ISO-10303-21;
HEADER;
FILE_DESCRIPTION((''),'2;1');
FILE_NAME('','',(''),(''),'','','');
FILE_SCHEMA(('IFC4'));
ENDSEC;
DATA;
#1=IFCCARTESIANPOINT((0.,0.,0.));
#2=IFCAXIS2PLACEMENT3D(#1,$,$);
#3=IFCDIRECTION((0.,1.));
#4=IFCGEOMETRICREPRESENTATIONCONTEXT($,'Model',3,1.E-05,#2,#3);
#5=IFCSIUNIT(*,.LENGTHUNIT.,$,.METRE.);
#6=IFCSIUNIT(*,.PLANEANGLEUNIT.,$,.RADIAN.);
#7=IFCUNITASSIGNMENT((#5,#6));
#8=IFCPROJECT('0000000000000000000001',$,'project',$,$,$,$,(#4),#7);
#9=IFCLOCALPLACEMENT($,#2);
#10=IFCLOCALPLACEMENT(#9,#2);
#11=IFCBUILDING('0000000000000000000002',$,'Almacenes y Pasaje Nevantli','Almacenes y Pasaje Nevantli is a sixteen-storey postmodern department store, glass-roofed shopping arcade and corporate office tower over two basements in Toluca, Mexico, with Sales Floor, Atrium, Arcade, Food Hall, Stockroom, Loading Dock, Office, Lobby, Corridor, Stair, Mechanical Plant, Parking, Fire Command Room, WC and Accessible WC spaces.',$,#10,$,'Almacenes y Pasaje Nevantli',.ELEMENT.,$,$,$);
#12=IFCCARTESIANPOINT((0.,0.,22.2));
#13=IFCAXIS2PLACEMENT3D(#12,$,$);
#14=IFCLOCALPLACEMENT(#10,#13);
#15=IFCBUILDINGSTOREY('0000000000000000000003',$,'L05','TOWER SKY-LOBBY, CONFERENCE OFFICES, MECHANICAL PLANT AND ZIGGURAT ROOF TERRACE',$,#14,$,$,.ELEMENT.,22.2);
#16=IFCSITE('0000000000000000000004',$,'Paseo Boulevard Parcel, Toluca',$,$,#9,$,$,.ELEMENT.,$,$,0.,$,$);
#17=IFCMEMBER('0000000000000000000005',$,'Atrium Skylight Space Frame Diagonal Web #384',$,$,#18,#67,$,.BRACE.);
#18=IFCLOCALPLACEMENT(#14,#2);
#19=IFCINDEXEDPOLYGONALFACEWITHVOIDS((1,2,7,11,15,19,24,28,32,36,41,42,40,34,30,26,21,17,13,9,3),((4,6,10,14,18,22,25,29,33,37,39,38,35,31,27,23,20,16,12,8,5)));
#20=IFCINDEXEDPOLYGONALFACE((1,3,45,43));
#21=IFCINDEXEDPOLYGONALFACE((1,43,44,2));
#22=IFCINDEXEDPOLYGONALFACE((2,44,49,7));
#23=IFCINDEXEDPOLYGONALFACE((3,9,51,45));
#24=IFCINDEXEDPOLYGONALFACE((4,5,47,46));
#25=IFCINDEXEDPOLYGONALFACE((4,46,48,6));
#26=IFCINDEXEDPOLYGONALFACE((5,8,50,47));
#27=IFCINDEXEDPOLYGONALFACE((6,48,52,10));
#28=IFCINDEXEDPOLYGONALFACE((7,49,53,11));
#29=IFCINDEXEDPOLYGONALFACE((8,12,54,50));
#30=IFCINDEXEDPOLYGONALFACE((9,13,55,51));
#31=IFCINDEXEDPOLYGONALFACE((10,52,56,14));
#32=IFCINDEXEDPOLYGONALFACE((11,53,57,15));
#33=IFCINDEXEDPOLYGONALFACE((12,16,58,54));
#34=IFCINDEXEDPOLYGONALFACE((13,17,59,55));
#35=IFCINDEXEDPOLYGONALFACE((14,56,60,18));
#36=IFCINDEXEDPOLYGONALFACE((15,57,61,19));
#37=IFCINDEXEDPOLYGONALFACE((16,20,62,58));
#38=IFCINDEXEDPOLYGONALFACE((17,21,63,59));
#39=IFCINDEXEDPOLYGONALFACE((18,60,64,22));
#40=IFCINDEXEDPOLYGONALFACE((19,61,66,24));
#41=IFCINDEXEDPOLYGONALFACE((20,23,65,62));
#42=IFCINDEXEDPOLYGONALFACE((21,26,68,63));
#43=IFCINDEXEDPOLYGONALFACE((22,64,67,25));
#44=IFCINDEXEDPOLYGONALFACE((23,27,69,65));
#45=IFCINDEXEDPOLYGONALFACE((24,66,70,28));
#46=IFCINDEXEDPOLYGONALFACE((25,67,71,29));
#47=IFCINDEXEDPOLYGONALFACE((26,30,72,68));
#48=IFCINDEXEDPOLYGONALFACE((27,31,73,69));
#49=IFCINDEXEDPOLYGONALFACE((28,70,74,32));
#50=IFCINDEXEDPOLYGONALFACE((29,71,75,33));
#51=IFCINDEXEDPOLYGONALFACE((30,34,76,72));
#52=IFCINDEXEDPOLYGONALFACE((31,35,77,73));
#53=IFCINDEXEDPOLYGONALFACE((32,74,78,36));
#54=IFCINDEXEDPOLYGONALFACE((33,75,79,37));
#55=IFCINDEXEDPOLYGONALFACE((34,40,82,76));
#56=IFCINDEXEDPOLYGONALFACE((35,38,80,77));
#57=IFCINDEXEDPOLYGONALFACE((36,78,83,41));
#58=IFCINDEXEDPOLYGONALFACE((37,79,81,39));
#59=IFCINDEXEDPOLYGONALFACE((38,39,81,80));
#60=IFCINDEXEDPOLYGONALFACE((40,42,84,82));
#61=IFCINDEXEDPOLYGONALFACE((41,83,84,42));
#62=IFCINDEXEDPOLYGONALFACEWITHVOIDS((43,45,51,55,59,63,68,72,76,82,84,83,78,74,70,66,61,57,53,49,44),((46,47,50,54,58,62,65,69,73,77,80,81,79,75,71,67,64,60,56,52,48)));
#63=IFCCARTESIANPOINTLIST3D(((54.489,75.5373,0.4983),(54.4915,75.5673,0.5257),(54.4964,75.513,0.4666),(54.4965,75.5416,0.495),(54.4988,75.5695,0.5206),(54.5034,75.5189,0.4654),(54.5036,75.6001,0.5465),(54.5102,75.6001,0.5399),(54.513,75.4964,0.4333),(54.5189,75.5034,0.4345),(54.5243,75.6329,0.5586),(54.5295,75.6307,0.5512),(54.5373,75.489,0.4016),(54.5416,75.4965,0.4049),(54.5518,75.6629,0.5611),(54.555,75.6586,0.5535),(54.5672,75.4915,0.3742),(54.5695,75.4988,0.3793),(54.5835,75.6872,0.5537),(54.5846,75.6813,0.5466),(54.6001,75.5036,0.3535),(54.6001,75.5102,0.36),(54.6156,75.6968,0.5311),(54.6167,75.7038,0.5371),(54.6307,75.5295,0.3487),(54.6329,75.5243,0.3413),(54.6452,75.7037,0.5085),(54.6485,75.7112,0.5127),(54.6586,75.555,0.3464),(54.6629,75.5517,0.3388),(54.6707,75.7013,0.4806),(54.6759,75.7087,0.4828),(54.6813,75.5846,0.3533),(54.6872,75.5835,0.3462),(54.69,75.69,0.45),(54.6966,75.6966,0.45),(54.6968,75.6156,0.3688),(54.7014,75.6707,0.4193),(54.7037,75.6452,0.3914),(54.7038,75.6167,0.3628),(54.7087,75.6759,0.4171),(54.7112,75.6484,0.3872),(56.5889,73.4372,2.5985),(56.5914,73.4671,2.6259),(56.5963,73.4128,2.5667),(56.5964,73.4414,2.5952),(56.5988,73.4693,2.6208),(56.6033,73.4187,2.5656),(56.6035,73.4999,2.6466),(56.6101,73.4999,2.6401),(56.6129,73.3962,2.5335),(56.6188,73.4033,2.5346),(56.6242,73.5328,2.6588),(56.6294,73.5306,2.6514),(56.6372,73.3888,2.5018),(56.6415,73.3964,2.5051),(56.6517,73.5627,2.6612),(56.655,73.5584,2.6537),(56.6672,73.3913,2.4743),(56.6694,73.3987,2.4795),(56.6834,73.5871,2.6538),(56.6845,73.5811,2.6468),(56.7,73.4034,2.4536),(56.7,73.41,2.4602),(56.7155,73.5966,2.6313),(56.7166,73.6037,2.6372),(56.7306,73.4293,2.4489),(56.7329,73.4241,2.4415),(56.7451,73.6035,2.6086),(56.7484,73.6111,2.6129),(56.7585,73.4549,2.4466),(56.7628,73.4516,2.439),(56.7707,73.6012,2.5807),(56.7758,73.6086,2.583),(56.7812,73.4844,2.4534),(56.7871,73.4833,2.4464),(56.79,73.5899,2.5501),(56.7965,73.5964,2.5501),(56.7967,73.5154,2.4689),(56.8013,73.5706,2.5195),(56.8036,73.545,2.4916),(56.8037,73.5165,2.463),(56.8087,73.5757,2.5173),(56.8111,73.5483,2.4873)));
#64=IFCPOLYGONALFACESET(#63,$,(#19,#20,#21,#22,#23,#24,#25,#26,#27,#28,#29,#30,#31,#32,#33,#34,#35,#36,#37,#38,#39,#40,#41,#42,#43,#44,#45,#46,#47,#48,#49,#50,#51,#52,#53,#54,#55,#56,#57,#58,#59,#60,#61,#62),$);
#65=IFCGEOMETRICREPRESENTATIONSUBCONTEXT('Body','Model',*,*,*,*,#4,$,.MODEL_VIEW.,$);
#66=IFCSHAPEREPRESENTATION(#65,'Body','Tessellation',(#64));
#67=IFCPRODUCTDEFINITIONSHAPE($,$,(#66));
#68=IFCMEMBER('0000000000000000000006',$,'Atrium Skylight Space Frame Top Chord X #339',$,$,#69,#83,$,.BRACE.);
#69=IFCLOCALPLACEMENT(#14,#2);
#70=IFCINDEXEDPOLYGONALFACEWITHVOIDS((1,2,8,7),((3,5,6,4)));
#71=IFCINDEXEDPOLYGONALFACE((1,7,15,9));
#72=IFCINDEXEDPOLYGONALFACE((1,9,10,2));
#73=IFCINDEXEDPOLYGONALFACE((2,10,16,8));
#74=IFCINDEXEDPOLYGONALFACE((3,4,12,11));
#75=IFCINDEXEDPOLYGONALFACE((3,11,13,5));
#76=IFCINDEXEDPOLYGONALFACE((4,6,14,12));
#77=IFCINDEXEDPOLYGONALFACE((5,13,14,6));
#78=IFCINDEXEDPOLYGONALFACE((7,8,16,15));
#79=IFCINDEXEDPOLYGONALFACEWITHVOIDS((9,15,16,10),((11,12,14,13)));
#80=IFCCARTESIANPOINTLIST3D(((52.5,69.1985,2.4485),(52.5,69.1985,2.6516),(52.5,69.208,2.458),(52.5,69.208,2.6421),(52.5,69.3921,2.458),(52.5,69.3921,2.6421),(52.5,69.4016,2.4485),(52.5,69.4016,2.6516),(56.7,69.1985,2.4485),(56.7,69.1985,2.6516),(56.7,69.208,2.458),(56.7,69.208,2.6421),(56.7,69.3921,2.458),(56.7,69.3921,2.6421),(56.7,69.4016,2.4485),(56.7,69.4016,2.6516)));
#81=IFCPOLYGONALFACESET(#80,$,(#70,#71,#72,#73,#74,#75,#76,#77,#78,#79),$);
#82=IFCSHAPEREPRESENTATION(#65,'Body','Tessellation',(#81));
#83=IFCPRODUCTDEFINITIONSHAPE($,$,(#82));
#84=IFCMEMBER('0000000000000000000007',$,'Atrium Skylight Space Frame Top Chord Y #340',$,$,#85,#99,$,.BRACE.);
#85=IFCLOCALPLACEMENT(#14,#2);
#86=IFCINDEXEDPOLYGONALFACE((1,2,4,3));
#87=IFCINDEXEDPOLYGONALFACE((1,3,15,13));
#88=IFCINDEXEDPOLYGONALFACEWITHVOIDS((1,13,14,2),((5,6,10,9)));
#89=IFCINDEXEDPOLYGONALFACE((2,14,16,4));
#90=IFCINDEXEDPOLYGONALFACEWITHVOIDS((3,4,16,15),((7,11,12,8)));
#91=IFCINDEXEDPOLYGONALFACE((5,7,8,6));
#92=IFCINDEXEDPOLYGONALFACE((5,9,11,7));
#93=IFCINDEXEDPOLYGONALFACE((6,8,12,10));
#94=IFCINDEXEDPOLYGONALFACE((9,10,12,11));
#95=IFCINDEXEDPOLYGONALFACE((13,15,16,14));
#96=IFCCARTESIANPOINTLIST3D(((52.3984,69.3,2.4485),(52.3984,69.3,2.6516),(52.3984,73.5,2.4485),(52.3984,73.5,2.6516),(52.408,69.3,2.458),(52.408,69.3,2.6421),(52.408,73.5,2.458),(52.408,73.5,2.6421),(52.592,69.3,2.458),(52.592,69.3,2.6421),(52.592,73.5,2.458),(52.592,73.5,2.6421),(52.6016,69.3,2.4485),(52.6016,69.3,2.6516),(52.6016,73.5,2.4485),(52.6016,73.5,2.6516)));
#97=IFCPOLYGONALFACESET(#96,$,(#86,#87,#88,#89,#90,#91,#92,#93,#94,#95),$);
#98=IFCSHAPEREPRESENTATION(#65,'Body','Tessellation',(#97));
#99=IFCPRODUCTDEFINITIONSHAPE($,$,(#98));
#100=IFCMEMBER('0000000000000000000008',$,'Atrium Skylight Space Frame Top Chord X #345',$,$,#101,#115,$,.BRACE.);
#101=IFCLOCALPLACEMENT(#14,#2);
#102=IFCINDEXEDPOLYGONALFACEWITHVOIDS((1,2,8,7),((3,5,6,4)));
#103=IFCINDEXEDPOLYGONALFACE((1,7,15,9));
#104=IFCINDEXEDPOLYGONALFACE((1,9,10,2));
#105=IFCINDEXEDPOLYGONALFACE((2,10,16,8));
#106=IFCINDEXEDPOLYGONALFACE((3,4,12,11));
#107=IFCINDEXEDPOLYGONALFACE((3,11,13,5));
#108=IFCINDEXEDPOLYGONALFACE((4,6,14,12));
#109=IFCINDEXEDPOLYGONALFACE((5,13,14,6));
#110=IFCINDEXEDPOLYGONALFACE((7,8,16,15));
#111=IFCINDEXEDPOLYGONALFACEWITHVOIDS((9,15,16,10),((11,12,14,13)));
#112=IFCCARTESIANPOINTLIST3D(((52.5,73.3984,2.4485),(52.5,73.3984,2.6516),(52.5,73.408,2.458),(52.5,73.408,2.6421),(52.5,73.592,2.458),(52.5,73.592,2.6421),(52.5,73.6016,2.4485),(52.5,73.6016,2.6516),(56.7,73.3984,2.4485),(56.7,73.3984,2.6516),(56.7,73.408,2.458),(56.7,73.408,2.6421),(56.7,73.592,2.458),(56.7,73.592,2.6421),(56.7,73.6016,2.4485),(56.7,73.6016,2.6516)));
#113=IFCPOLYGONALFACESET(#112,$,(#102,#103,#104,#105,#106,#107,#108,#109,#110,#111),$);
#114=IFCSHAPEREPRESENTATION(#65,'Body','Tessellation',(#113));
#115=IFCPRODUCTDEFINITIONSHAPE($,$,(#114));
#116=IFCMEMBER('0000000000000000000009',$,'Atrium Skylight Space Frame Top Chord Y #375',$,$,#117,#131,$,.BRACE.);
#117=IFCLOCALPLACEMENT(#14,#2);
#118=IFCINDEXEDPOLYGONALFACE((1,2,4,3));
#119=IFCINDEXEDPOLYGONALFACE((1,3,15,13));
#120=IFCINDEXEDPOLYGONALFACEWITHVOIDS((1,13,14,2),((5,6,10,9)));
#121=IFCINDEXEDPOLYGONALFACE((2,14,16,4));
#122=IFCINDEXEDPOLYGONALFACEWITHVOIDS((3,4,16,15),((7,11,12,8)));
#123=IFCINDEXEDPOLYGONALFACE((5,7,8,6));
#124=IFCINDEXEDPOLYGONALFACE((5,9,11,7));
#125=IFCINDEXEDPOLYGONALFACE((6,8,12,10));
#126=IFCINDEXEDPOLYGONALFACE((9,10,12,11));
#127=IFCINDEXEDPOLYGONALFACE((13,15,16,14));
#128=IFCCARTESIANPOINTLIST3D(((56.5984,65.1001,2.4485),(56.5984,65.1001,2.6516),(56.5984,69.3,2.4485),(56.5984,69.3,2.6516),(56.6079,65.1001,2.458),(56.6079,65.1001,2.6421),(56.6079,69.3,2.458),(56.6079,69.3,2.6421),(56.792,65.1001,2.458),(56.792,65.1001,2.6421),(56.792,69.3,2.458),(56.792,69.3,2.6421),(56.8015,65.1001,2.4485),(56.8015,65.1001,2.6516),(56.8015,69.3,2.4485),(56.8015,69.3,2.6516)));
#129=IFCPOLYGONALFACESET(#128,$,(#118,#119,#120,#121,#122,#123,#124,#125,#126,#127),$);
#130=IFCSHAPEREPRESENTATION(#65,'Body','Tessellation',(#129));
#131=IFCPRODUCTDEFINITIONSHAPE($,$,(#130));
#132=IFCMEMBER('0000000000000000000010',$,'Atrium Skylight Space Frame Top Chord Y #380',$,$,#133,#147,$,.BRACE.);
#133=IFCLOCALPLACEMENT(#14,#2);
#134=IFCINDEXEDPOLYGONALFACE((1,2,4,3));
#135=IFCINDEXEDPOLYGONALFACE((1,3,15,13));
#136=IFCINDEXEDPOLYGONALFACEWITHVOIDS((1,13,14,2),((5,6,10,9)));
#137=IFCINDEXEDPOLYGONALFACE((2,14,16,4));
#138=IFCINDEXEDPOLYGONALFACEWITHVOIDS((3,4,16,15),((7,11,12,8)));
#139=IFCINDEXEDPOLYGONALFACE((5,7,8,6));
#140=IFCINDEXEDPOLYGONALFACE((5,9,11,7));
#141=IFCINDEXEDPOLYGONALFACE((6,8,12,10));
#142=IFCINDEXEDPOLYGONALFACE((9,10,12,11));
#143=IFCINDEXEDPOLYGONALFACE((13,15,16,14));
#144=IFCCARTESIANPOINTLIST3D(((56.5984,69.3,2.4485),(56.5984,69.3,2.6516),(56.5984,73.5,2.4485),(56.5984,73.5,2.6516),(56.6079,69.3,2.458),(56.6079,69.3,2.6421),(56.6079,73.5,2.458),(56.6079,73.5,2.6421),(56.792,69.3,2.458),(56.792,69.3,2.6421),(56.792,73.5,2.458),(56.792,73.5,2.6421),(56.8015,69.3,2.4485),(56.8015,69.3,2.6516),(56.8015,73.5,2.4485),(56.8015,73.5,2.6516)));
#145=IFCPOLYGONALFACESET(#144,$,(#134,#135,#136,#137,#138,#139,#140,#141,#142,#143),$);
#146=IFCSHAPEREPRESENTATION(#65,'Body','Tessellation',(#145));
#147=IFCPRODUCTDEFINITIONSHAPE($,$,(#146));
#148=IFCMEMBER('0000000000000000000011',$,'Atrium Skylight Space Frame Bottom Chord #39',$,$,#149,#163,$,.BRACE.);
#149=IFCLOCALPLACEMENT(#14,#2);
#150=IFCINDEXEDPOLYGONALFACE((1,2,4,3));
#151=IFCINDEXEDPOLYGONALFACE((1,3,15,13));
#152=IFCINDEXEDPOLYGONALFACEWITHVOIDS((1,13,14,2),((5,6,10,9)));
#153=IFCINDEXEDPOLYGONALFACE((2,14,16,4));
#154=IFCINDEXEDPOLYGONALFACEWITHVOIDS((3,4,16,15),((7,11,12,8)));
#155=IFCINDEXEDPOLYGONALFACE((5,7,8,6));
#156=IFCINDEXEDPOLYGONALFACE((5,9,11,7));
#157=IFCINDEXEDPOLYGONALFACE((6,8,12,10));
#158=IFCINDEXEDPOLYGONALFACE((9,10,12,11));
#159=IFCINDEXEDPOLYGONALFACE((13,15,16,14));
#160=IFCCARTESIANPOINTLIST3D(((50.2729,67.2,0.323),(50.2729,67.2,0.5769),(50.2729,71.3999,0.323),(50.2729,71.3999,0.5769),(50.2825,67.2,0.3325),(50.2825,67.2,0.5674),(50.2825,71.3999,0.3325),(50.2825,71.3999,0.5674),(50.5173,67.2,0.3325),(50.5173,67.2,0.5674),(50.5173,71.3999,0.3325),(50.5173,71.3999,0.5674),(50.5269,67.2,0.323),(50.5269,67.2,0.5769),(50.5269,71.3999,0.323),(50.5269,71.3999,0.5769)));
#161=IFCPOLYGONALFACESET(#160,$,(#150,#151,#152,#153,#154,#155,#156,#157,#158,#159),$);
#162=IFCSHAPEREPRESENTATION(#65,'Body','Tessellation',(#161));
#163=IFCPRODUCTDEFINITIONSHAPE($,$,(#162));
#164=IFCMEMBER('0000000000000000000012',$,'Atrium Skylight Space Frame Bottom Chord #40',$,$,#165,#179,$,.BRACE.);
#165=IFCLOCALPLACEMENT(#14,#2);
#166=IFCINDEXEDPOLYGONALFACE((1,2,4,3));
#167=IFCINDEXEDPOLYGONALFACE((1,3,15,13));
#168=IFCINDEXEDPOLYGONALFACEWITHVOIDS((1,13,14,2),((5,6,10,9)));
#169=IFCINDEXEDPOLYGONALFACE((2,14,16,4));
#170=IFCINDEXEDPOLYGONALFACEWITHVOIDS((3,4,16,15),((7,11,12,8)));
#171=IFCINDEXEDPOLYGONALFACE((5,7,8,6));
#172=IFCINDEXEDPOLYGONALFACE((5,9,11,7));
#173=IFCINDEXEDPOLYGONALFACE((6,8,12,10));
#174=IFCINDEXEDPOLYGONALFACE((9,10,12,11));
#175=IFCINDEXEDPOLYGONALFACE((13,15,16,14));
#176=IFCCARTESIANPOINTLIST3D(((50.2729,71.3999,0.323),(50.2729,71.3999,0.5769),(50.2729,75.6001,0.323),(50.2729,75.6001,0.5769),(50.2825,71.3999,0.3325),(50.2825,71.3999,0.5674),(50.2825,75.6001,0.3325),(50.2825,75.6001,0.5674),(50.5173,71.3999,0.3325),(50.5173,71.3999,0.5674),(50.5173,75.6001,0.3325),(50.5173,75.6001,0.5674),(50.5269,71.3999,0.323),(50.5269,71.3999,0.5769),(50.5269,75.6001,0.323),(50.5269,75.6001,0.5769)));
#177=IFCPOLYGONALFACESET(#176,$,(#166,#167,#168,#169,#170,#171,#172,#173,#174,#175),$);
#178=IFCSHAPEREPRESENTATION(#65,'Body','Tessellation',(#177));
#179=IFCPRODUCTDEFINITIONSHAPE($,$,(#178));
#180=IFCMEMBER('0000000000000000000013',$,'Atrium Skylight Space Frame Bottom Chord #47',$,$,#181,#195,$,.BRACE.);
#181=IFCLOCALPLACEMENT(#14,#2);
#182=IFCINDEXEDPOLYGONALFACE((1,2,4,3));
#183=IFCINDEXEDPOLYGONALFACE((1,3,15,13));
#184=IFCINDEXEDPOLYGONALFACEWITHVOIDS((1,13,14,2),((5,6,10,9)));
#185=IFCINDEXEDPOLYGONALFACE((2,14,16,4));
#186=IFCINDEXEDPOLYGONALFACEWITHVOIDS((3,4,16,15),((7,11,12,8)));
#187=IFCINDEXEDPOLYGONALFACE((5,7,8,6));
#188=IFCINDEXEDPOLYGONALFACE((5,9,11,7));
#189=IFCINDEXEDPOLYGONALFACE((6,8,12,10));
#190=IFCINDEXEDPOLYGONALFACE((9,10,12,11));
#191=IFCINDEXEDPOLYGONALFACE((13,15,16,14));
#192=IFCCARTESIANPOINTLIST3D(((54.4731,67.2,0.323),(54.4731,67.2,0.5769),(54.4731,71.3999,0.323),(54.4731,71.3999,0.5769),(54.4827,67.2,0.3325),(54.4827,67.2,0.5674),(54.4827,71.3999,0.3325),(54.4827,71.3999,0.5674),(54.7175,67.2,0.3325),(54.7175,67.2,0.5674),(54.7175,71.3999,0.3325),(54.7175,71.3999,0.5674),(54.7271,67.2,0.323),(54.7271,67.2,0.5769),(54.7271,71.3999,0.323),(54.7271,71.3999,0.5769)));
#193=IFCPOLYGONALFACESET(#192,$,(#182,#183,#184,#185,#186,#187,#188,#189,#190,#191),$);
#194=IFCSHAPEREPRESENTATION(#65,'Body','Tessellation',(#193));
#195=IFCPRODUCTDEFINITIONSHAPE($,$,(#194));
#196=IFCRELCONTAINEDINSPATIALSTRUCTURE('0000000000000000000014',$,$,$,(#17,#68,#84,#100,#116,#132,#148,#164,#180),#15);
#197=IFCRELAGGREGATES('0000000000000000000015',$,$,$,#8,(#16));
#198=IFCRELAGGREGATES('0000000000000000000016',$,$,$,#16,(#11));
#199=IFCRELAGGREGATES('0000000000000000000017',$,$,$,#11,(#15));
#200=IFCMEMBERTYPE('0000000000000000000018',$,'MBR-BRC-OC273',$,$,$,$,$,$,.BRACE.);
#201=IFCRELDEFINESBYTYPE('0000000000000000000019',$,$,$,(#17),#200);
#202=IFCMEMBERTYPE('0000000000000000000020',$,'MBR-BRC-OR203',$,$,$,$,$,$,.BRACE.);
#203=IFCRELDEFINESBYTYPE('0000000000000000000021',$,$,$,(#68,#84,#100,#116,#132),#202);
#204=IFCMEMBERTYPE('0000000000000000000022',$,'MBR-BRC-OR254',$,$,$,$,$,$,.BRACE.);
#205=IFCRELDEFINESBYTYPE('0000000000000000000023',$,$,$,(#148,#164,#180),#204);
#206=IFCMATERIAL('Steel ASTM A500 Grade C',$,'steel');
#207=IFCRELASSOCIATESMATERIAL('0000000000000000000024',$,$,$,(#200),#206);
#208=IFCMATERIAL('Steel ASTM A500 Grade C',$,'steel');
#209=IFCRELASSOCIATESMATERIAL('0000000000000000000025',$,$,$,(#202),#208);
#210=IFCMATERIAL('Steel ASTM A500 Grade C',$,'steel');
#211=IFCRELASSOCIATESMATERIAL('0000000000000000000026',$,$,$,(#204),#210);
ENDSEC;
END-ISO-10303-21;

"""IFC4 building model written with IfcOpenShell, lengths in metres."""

from ifc_helpers import new_model, si_unit, direction, frame, origin, origin_2d, place, context, subcontext, project, spatial, hollow_rectangle, hollow_circle, extrude, material, material_profile, profile_set, type_object, element, save


model = new_model("IFC4")

# Units and contexts
model_context = context("Model", 3, precision=1e-05, world=origin(), true_north=direction((0.0, 1.0)))
body_context = subcontext(model_context, "Body", "Model", "MODEL_VIEW")
ifc_project = project(units=[si_unit("LENGTHUNIT", "METRE"), si_unit("PLANEANGLEUNIT", "RADIAN")], contexts=[model_context])

# Site, building, storey
site_placement = place(None, origin())
site = spatial("IfcSite", under=ifc_project, at=site_placement, Name="Paseo Boulevard Parcel, Toluca", CompositionType="ELEMENT", RefElevation=0.0)
building_placement = place(site_placement, origin())
building = spatial("IfcBuilding", under=site, at=building_placement, Name="Almacenes y Pasaje Nevantli", Description="Almacenes y Pasaje Nevantli is a sixteen-storey postmodern department store, glass-roofed shopping arcade and corporate office tower over two basements in Toluca, Mexico, with Sales Floor, Atrium, Arcade, Food Hall, Stockroom, Loading Dock, Office, Lobby, Corridor, Stair, Mechanical Plant, Parking, Fire Command Room, WC and Accessible WC spaces.", LongName="Almacenes y Pasaje Nevantli", CompositionType="ELEMENT")
storey_placement = place(building_placement, frame((0.0, 0.0, 22.2)))
storey = spatial("IfcBuildingStorey", under=building, at=storey_placement, Name="L05", Description="TOWER SKY-LOBBY, CONFERENCE OFFICES, MECHANICAL PLANT AND ZIGGURAT ROOF TERRACE", CompositionType="ELEMENT", Elevation=22.2)

# Members
ifc_material_1 = material(Name="Steel ASTM A500 Grade C", Category="steel")
ifc_material_profile_1 = material_profile(ifc_material_1, hollow_circle(Radius=0.1365, WallThickness=0.0093, at=origin_2d()), Name="OC 273x9.3")
ifc_profile_set_1 = profile_set([ifc_material_profile_1], Name="Steel ASTM A500 Grade C")
member_type_1 = type_object("IfcMemberType", Name="MBR-BRC-OC273", PredefinedType="BRACE", material=ifc_profile_set_1)
for number, where, z_axis, x_axis, name in (
    (1, (54.6001, 75.6001, 0.45), (0.577306, -0.577373, 0.577373), (0.707148, 0.707066, 0.0), "Atrium Skylight Space Frame Diagonal Web #384"),
):
    element("IfcMember", number, at=place(storey_placement, frame(where, z_axis=z_axis, x_axis=x_axis)), inside=storey, type_object=member_type_1, Name=name, PredefinedType="BRACE", context=body_context, shape_type="SweptSolid", body=[
        extrude(hollow_circle(Radius=0.1365, WallThickness=0.0093, at=origin_2d()), origin(), (0.0, 0.0, 1.0), 3.6375),
    ])
ifc_material_2 = material(Name="Steel ASTM A500 Grade C", Category="steel")
ifc_material_profile_2 = material_profile(ifc_material_2, hollow_rectangle(XDim=0.2031, YDim=0.2031, WallThickness=0.0095, at=origin_2d()), Name="OR 203x203x9.5")
ifc_profile_set_2 = profile_set([ifc_material_profile_2], Name="Steel ASTM A500 Grade C")
member_type_2 = type_object("IfcMemberType", Name="MBR-BRC-OR203", PredefinedType="BRACE", material=ifc_profile_set_2)
for number, where, z_axis, x_axis, name in (
    (2, (52.5, 69.3, 2.55), (1.0, 0.0, 0.0), (0.0, 1.0, 0.0), "Atrium Skylight Space Frame Top Chord X #339"),
    (3, (52.5, 69.3, 2.55), (0.0, 1.0, 0.0), (-1.0, 0.0, 0.0), "Atrium Skylight Space Frame Top Chord Y #340"),
    (4, (52.5, 73.5, 2.55), (1.0, 0.0, 0.0), (0.0, 1.0, 0.0), "Atrium Skylight Space Frame Top Chord X #345"),
    (5, (56.7, 65.1001, 2.55), (0.0, 1.0, 0.0), (-1.0, 0.0, 0.0), "Atrium Skylight Space Frame Top Chord Y #375"),
    (6, (56.7, 69.3, 2.55), (0.0, 1.0, 0.0), (-1.0, 0.0, 0.0), "Atrium Skylight Space Frame Top Chord Y #380"),
):
    element("IfcMember", number, at=place(storey_placement, frame(where, z_axis=z_axis, x_axis=x_axis)), inside=storey, type_object=member_type_2, Name=name, PredefinedType="BRACE", context=body_context, shape_type="SweptSolid", body=[
        extrude(hollow_rectangle(XDim=0.2031, YDim=0.2031, WallThickness=0.0095, at=origin_2d()), origin(), (0.0, 0.0, 1.0), 4.2),
    ])
ifc_material_3 = material(Name="Steel ASTM A500 Grade C", Category="steel")
ifc_material_profile_3 = material_profile(ifc_material_3, hollow_rectangle(XDim=0.2539, YDim=0.2539, WallThickness=0.0095, at=origin_2d()), Name="OR 254x254x9.5")
ifc_profile_set_3 = profile_set([ifc_material_profile_3], Name="Steel ASTM A500 Grade C")
member_type_3 = type_object("IfcMemberType", Name="MBR-BRC-OR254", PredefinedType="BRACE", material=ifc_profile_set_3)
member_1_placement = place(storey_placement, frame((50.3999, 67.2, 0.45), z_axis=(0.0, 1.0, 0.0), x_axis=(-1.0, 0.0, 0.0)))
element("IfcMember", 7, at=member_1_placement, inside=storey, type_object=member_type_3, Name="Atrium Skylight Space Frame Bottom Chord #39", PredefinedType="BRACE", context=body_context, shape_type="SweptSolid", body=[
    extrude(hollow_rectangle(XDim=0.2539, YDim=0.2539, WallThickness=0.0095, at=origin_2d()), origin(), (0.0, 0.0, 1.0), 4.2),
])
member_2_placement = place(storey_placement, frame((50.3999, 71.3999, 0.45), z_axis=(0.0, 1.0, 0.0), x_axis=(-1.0, 0.0, 0.0)))
element("IfcMember", 8, at=member_2_placement, inside=storey, type_object=member_type_3, Name="Atrium Skylight Space Frame Bottom Chord #40", PredefinedType="BRACE", context=body_context, shape_type="SweptSolid", body=[
    extrude(hollow_rectangle(XDim=0.2539, YDim=0.2539, WallThickness=0.0095, at=origin_2d()), origin(), (0.0, 0.0, 1.0), 4.2002),
])
member_3_placement = place(storey_placement, frame((54.6001, 67.2, 0.45), z_axis=(0.0, 1.0, 0.0), x_axis=(-1.0, 0.0, 0.0)))
element("IfcMember", 9, at=member_3_placement, inside=storey, type_object=member_type_3, Name="Atrium Skylight Space Frame Bottom Chord #47", PredefinedType="BRACE", context=body_context, shape_type="SweptSolid", body=[
    extrude(hollow_rectangle(XDim=0.2539, YDim=0.2539, WallThickness=0.0095, at=origin_2d()), origin(), (0.0, 0.0, 1.0), 4.2),
])

save(model, "model.ifc")
